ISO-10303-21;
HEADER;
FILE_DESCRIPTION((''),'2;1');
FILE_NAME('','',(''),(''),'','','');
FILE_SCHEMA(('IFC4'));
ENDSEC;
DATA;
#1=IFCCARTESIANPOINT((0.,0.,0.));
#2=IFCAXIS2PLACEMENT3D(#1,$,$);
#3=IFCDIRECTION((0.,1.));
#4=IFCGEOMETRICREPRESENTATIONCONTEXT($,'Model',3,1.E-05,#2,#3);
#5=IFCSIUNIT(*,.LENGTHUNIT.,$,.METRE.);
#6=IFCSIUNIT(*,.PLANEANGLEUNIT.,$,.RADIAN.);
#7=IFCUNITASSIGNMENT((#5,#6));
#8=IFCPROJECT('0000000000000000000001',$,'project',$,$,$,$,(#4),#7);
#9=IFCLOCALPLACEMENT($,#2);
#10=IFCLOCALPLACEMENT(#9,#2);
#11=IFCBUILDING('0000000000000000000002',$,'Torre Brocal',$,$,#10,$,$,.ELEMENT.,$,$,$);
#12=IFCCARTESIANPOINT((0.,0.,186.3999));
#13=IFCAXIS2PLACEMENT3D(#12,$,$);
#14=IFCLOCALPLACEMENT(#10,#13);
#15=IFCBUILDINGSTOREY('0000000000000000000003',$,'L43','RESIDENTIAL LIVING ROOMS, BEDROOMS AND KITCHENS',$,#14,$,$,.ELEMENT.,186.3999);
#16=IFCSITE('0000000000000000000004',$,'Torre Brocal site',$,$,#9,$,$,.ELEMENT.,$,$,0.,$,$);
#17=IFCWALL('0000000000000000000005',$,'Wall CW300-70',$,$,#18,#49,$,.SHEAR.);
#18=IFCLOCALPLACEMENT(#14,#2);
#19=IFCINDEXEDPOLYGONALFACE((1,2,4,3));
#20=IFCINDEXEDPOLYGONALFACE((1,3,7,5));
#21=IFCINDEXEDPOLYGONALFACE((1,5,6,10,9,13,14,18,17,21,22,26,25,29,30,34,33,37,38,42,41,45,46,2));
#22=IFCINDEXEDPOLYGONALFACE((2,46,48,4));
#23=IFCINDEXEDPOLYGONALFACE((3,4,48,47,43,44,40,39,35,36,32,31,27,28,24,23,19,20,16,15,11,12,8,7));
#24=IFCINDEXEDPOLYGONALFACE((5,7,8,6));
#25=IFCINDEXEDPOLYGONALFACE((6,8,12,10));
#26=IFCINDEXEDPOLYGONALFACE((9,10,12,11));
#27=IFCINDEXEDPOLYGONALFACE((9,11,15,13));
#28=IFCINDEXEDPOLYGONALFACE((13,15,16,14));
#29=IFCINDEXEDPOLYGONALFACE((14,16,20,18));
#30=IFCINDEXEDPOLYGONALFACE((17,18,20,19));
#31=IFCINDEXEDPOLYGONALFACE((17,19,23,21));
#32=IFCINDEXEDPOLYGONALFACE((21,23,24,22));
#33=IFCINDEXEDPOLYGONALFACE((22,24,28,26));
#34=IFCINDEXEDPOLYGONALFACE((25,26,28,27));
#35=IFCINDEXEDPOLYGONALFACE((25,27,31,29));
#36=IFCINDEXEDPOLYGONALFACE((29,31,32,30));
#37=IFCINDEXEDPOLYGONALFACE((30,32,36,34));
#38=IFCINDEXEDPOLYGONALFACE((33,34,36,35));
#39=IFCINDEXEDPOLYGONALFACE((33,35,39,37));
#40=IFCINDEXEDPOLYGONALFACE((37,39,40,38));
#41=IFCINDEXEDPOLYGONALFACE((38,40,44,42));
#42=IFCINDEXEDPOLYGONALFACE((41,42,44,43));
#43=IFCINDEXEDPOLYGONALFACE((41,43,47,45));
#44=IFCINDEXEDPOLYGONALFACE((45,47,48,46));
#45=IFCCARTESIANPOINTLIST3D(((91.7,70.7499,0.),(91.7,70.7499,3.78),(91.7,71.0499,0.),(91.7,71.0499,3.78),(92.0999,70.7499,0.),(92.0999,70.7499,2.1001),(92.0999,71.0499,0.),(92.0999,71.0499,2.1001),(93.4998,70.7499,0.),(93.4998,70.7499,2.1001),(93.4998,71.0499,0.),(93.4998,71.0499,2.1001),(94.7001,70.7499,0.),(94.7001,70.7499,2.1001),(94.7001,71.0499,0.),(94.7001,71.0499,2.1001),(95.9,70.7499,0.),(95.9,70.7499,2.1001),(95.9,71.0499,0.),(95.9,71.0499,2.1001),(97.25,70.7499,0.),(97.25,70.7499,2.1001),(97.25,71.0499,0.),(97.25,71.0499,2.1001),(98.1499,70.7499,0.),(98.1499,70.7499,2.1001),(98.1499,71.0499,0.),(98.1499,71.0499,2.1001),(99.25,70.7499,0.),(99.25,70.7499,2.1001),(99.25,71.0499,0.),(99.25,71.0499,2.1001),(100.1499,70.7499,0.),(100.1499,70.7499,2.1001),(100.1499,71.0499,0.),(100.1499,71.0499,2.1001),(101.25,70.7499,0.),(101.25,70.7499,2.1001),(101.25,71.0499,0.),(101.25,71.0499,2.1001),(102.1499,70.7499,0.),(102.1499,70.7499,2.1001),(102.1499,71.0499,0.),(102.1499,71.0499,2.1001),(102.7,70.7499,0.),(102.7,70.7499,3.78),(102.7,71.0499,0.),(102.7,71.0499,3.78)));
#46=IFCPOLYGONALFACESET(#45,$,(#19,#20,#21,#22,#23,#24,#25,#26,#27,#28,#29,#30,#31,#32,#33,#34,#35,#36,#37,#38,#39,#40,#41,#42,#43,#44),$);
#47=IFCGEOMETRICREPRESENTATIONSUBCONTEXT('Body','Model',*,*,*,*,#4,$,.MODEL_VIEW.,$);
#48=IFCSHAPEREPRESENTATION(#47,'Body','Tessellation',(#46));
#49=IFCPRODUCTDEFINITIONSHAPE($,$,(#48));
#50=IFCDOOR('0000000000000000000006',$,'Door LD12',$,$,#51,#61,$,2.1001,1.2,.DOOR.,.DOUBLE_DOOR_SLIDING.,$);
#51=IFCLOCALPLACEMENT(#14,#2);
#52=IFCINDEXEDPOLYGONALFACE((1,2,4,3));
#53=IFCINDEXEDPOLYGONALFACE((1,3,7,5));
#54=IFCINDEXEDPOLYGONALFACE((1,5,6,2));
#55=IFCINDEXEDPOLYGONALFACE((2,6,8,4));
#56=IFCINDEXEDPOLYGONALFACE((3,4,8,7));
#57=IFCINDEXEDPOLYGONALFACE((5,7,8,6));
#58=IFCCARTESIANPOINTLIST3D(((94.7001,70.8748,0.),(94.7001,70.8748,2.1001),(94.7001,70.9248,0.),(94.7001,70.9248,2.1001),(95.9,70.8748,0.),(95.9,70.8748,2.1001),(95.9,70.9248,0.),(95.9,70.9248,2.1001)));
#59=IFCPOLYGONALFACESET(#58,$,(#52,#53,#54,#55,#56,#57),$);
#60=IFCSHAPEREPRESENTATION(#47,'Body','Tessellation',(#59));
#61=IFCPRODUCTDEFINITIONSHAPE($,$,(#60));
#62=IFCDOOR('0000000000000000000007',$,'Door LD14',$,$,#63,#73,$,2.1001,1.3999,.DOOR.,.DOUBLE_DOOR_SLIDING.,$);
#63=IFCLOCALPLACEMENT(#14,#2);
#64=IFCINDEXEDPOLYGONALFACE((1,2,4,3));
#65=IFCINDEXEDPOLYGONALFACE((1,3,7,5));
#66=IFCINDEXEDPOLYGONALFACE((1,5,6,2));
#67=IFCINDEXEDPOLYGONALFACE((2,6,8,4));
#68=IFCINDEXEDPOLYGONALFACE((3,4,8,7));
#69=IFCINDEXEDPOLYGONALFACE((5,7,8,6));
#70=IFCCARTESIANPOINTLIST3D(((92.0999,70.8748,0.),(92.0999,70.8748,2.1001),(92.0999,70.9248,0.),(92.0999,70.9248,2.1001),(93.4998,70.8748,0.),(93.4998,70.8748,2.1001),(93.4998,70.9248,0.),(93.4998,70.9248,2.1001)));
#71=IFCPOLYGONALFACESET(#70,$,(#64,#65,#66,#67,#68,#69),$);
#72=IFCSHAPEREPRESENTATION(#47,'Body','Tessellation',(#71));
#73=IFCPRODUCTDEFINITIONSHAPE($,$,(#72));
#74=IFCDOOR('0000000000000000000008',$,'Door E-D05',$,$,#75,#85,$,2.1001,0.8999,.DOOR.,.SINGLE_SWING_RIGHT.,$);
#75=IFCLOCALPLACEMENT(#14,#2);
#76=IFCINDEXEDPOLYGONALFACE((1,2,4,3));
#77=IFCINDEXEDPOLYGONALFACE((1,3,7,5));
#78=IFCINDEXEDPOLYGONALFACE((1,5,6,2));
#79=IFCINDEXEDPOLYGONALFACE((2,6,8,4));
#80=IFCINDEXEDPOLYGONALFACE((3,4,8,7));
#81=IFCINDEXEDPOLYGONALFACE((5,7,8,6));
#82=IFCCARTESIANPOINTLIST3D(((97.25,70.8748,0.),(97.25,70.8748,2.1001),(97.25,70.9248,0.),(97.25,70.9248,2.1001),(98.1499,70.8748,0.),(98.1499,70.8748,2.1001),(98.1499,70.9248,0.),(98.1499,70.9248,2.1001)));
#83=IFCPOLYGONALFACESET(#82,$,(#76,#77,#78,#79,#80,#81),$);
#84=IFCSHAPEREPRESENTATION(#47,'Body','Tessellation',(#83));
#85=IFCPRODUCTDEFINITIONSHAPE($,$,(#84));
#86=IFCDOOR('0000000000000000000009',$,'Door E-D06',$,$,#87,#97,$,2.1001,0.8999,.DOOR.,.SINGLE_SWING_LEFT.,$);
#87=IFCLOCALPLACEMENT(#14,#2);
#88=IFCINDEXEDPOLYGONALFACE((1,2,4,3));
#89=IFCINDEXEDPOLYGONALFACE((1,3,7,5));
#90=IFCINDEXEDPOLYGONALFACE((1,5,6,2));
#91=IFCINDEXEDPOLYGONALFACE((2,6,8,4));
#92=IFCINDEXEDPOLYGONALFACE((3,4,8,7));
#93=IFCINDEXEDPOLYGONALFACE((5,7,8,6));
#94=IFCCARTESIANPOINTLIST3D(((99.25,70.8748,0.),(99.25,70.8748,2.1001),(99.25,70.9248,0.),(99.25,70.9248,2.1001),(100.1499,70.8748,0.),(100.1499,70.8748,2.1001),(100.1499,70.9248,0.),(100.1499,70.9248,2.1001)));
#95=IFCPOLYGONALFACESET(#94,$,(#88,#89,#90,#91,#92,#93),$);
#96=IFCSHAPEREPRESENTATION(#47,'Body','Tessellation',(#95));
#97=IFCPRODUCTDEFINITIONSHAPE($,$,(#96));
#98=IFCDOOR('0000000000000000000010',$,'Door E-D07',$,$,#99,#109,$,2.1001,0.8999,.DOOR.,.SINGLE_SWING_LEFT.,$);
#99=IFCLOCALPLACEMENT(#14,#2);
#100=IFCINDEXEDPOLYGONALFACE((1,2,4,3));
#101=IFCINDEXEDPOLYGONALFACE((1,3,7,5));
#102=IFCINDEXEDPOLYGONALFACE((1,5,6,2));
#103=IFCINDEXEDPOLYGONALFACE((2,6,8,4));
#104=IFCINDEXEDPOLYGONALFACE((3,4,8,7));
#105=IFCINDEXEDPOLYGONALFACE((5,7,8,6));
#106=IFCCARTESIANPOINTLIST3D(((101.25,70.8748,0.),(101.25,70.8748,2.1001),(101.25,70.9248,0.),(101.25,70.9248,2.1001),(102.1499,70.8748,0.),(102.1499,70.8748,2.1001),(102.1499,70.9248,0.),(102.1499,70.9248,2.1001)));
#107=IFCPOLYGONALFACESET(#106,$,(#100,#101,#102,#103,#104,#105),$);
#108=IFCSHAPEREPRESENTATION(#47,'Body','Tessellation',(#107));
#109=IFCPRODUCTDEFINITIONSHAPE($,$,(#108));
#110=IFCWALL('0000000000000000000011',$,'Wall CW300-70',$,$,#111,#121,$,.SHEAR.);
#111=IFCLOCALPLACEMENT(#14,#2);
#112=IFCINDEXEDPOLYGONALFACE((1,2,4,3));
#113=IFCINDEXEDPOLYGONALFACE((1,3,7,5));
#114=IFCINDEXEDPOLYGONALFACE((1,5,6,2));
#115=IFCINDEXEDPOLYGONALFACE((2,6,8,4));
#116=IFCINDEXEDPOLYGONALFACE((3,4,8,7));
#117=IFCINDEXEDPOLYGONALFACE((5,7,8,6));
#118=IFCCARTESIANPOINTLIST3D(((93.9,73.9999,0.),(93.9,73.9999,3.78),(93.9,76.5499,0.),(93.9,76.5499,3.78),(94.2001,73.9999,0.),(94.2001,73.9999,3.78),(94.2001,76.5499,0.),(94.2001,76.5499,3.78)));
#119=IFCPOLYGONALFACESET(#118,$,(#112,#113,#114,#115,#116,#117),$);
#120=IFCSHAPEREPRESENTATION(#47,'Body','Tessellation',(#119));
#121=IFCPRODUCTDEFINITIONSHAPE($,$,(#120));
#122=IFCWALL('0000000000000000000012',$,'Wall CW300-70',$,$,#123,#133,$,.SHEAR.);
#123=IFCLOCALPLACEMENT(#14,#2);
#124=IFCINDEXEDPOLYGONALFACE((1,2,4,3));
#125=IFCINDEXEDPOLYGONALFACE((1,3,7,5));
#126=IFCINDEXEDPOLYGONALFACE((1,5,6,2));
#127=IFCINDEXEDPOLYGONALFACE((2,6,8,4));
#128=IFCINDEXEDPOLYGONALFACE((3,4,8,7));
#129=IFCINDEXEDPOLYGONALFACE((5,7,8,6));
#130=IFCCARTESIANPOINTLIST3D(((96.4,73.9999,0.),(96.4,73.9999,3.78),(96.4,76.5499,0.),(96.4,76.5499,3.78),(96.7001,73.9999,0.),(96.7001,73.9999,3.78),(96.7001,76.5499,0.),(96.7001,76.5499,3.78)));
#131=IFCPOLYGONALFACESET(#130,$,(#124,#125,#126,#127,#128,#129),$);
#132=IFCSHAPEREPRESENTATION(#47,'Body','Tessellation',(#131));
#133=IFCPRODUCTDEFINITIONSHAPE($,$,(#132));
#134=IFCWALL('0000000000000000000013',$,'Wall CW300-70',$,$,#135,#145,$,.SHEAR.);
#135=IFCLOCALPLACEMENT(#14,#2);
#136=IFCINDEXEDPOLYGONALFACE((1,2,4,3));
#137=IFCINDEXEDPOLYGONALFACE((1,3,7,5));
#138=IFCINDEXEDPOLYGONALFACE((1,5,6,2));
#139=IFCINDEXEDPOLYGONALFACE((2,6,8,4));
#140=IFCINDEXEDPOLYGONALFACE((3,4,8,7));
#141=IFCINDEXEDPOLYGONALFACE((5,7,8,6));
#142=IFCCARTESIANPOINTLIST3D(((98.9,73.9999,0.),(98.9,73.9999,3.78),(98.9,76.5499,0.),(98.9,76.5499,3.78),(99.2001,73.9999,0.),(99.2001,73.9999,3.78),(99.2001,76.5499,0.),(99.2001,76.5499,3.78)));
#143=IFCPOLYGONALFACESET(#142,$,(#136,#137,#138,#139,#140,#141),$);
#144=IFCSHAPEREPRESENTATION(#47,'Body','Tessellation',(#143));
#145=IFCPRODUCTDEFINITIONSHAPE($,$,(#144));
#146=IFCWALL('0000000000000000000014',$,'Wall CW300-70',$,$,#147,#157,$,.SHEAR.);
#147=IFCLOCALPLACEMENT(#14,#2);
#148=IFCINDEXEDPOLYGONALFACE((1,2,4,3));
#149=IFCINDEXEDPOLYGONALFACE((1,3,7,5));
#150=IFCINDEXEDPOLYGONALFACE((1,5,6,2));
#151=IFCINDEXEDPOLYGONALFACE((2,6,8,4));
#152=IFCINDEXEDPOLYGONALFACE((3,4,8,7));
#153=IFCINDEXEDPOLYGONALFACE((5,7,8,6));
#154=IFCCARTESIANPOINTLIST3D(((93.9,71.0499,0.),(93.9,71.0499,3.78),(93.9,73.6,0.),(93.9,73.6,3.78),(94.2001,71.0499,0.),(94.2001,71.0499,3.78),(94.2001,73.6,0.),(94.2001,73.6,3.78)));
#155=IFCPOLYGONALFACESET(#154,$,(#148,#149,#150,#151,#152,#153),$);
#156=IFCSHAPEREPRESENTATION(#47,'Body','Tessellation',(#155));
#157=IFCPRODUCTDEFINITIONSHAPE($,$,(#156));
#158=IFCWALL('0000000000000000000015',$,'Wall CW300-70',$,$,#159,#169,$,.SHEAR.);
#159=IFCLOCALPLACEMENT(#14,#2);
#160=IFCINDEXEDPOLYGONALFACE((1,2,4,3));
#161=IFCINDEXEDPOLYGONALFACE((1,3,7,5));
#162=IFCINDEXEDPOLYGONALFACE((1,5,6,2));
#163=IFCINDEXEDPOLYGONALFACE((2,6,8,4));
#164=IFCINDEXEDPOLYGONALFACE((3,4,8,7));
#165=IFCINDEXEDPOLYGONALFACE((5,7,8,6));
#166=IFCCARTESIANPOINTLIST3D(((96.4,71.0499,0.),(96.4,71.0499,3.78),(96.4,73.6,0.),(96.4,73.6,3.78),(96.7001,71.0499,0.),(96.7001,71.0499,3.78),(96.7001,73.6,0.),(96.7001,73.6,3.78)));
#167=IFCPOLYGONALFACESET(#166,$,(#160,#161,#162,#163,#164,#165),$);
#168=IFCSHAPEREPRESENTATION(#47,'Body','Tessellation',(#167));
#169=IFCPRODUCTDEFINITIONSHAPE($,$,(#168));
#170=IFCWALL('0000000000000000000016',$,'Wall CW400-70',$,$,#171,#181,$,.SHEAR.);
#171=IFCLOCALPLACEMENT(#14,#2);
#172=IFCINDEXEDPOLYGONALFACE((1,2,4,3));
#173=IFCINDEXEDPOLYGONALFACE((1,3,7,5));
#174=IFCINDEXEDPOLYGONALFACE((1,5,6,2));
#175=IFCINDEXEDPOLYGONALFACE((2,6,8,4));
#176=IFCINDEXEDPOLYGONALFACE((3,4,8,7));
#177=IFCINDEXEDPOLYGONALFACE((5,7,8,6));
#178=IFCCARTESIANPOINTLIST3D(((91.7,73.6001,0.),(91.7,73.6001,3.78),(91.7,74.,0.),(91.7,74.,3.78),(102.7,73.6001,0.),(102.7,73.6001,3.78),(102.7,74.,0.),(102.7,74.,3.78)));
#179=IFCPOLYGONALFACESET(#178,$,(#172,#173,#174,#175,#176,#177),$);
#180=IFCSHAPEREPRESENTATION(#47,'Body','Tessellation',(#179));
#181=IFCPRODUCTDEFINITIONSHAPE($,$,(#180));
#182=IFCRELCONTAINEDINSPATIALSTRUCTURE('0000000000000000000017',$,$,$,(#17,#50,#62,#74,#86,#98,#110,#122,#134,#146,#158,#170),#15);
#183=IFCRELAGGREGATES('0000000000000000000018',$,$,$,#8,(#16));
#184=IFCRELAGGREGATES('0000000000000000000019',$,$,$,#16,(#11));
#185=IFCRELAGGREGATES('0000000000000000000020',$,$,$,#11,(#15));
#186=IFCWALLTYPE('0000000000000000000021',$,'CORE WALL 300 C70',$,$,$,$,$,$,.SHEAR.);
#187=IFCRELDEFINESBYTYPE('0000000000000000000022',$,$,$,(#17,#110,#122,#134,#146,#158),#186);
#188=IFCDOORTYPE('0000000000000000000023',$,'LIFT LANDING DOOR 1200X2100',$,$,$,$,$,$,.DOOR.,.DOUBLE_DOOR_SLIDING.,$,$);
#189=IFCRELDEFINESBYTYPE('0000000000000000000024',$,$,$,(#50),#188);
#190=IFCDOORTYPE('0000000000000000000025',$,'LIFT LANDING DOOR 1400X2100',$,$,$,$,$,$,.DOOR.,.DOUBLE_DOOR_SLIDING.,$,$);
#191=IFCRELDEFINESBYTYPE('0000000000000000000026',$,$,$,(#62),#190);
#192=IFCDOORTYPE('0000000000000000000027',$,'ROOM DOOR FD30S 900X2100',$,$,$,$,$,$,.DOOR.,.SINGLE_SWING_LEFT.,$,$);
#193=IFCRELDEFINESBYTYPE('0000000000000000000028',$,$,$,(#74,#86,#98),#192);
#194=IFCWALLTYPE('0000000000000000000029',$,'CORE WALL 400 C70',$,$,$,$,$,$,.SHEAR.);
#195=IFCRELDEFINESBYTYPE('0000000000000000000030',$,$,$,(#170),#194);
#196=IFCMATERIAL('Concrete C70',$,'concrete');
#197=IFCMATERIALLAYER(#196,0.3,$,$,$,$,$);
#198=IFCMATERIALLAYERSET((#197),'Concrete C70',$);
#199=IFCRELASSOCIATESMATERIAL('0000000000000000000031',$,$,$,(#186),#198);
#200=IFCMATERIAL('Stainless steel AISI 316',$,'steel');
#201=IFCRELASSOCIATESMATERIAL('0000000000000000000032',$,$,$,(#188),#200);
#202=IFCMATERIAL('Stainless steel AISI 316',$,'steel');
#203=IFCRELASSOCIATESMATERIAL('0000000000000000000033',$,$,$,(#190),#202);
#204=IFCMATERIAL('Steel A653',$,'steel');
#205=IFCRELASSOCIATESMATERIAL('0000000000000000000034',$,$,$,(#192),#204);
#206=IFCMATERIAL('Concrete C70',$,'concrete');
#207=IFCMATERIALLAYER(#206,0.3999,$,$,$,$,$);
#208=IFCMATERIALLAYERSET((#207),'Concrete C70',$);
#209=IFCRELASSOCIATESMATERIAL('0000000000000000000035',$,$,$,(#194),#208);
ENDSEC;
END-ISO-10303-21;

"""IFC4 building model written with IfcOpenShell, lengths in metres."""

from ifc_helpers import new_model, si_unit, direction, frame, frame_2d, origin, place, context, subcontext, project, spatial, rectangle, extrude, material, layer, layer_set, type_object, element, fill, save


model = new_model("IFC4")

# Units and contexts
model_context = context("Model", 3, precision=1e-05, world=origin(), true_north=direction((0.0, 1.0)))
body_context = subcontext(model_context, "Body", "Model", "MODEL_VIEW")
ifc_project = project(units=[si_unit("LENGTHUNIT", "METRE"), si_unit("PLANEANGLEUNIT", "RADIAN")], contexts=[model_context])

# Site, building, storey
site_placement = place(None, origin())
site = spatial("IfcSite", under=ifc_project, at=site_placement, Name="Torre Brocal site", CompositionType="ELEMENT", RefElevation=0.0)
building_placement = place(site_placement, origin())
building = spatial("IfcBuilding", under=site, at=building_placement, Name="Torre Brocal", CompositionType="ELEMENT")
storey_placement = place(building_placement, frame((0.0, 0.0, 186.3999)))
storey = spatial("IfcBuildingStorey", under=building, at=storey_placement, Name="L43", Description="RESIDENTIAL LIVING ROOMS, BEDROOMS AND KITCHENS", CompositionType="ELEMENT", Elevation=186.3999)

# Shared definitions
ifc_material_1 = material(Name="Concrete C70", Category="concrete")
ifc_layer_1 = layer(ifc_material_1, 0.3)
ifc_layer_set_1 = layer_set([ifc_layer_1], Name="Concrete C70")
wall_type_1 = type_object("IfcWallType", Name="CORE WALL 300 C70", PredefinedType="SHEAR", material=ifc_layer_set_1)

# Wall, openings, doors
wall_1_placement = place(storey_placement, frame((91.7, 70.8999, 0.0), z_axis=(0.0, 0.0, 1.0), x_axis=(1.0, 0.0, 0.0)))
wall_1 = element("IfcWall", 1, at=wall_1_placement, inside=storey, type_object=wall_type_1, Name="Wall CW300-70", PredefinedType="SHEAR", context=body_context, shape_type="SweptSolid", body=[
    extrude(rectangle(XDim=11.0, YDim=0.3, at=frame_2d((5.5, 0.0))), origin(), (0.0, 0.0, 1.0), 3.78),
])
opening_1_placement = place(wall_1_placement, frame((0.3999, 0.0, 0.0)))
opening_1 = element("IfcOpeningElement", 2, at=opening_1_placement, cuts=wall_1, PredefinedType="OPENING", context=body_context, shape_type="SweptSolid", body=[
    extrude(rectangle(XDim=1.3999, YDim=2.1001, at=frame_2d((0.7, 1.05))), frame((0.0, 0.1599, 0.0), z_axis=(0.0, -1.0, 0.0), x_axis=(1.0, 0.0, 0.0)), (0.0, 0.0, 1.0), 0.3201),
])
opening_2_placement = place(wall_1_placement, frame((3.0, 0.0, 0.0)))
opening_2 = element("IfcOpeningElement", 3, at=opening_2_placement, cuts=wall_1, PredefinedType="OPENING", context=body_context, shape_type="SweptSolid", body=[
    extrude(rectangle(XDim=1.2, YDim=2.1001, at=frame_2d((0.6001, 1.05))), frame((0.0, 0.1599, 0.0), z_axis=(0.0, -1.0, 0.0), x_axis=(1.0, 0.0, 0.0)), (0.0, 0.0, 1.0), 0.3201),
])
opening_3_placement = place(wall_1_placement, frame((5.55, 0.0, 0.0)))
opening_3 = element("IfcOpeningElement", 4, at=opening_3_placement, cuts=wall_1, PredefinedType="OPENING", context=body_context, shape_type="SweptSolid", body=[
    extrude(rectangle(XDim=0.8999, YDim=2.1001, at=frame_2d((0.45, 1.05))), frame((0.0, 0.1599, 0.0), z_axis=(0.0, -1.0, 0.0), x_axis=(1.0, 0.0, 0.0)), (0.0, 0.0, 1.0), 0.3201),
])
opening_4_placement = place(wall_1_placement, frame((7.55, 0.0, 0.0)))
opening_4 = element("IfcOpeningElement", 5, at=opening_4_placement, cuts=wall_1, PredefinedType="OPENING", context=body_context, shape_type="SweptSolid", body=[
    extrude(rectangle(XDim=0.8999, YDim=2.1001, at=frame_2d((0.45, 1.05))), frame((0.0, 0.1599, 0.0), z_axis=(0.0, -1.0, 0.0), x_axis=(1.0, 0.0, 0.0)), (0.0, 0.0, 1.0), 0.3201),
])
opening_5_placement = place(wall_1_placement, frame((9.55, 0.0, 0.0)))
opening_5 = element("IfcOpeningElement", 6, at=opening_5_placement, cuts=wall_1, PredefinedType="OPENING", context=body_context, shape_type="SweptSolid", body=[
    extrude(rectangle(XDim=0.8999, YDim=2.1001, at=frame_2d((0.45, 1.05))), frame((0.0, 0.1599, 0.0), z_axis=(0.0, -1.0, 0.0), x_axis=(1.0, 0.0, 0.0)), (0.0, 0.0, 1.0), 0.3201),
])
ifc_material_2 = material(Name="Stainless steel AISI 316", Category="steel")
door_type_1 = type_object("IfcDoorType", Name="LIFT LANDING DOOR 1200X2100", OperationType="DOUBLE_DOOR_SLIDING", PredefinedType="DOOR", material=ifc_material_2)
door_1_placement = place(opening_2_placement, origin())
door_1 = element("IfcDoor", 7, at=door_1_placement, inside=storey, type_object=door_type_1, Name="Door LD12", OperationType="DOUBLE_DOOR_SLIDING", OverallHeight=2.1001, OverallWidth=1.2, PredefinedType="DOOR", context=body_context, shape_type="SweptSolid", body=[
    extrude(rectangle(XDim=1.2, YDim=2.1001, at=frame_2d((0.6001, 1.05))), frame((0.0, 0.0249, 0.0), z_axis=(0.0, -1.0, 0.0), x_axis=(1.0, 0.0, 0.0)), (0.0, 0.0, 1.0), 0.05),
])
fill(opening_2, door_1)
ifc_material_3 = material(Name="Stainless steel AISI 316", Category="steel")
door_type_2 = type_object("IfcDoorType", Name="LIFT LANDING DOOR 1400X2100", OperationType="DOUBLE_DOOR_SLIDING", PredefinedType="DOOR", material=ifc_material_3)
door_2_placement = place(opening_1_placement, origin())
door_2 = element("IfcDoor", 8, at=door_2_placement, inside=storey, type_object=door_type_2, Name="Door LD14", OperationType="DOUBLE_DOOR_SLIDING", OverallHeight=2.1001, OverallWidth=1.3999, PredefinedType="DOOR", context=body_context, shape_type="SweptSolid", body=[
    extrude(rectangle(XDim=1.3999, YDim=2.1001, at=frame_2d((0.7, 1.05))), frame((0.0, 0.0249, 0.0), z_axis=(0.0, -1.0, 0.0), x_axis=(1.0, 0.0, 0.0)), (0.0, 0.0, 1.0), 0.05),
])
fill(opening_1, door_2)
ifc_material_4 = material(Name="Steel A653", Category="steel")
door_type_3 = type_object("IfcDoorType", Name="ROOM DOOR FD30S 900X2100", OperationType="SINGLE_SWING_LEFT", PredefinedType="DOOR", material=ifc_material_4)
door_3_placement = place(opening_3_placement, origin())
door_3 = element("IfcDoor", 9, at=door_3_placement, inside=storey, type_object=door_type_3, Name="Door E-D05", OperationType="SINGLE_SWING_RIGHT", OverallHeight=2.1001, OverallWidth=0.8999, PredefinedType="DOOR", context=body_context, shape_type="SweptSolid", body=[
    extrude(rectangle(XDim=0.8999, YDim=2.1001, at=frame_2d((0.45, 1.05))), frame((0.0, 0.0249, 0.0), z_axis=(0.0, -1.0, 0.0), x_axis=(1.0, 0.0, 0.0)), (0.0, 0.0, 1.0), 0.05),
])
fill(opening_3, door_3)
door_4_placement = place(opening_4_placement, origin())
door_4 = element("IfcDoor", 10, at=door_4_placement, inside=storey, type_object=door_type_3, Name="Door E-D06", OperationType="SINGLE_SWING_LEFT", OverallHeight=2.1001, OverallWidth=0.8999, PredefinedType="DOOR", context=body_context, shape_type="SweptSolid", body=[
    extrude(rectangle(XDim=0.8999, YDim=2.1001, at=frame_2d((0.45, 1.05))), frame((0.0, 0.0249, 0.0), z_axis=(0.0, -1.0, 0.0), x_axis=(1.0, 0.0, 0.0)), (0.0, 0.0, 1.0), 0.05),
])
fill(opening_4, door_4)
door_5_placement = place(opening_5_placement, origin())
door_5 = element("IfcDoor", 11, at=door_5_placement, inside=storey, type_object=door_type_3, Name="Door E-D07", OperationType="SINGLE_SWING_LEFT", OverallHeight=2.1001, OverallWidth=0.8999, PredefinedType="DOOR", context=body_context, shape_type="SweptSolid", body=[
    extrude(rectangle(XDim=0.8999, YDim=2.1001, at=frame_2d((0.45, 1.05))), frame((0.0, 0.0249, 0.0), z_axis=(0.0, -1.0, 0.0), x_axis=(1.0, 0.0, 0.0)), (0.0, 0.0, 1.0), 0.05),
])
fill(opening_5, door_5)

# Walls
for number, where, z_axis, x_axis, name in (
    (12, (94.05, 74.0, 0.0), (0.0, 0.0, 1.0), (0.0, 1.0, 0.0), "Wall CW300-70"),
    (13, (96.55, 74.0, 0.0), (0.0, 0.0, 1.0), (0.0, 1.0, 0.0), "Wall CW300-70"),
    (14, (99.05, 74.0, 0.0), (0.0, 0.0, 1.0), (0.0, 1.0, 0.0), "Wall CW300-70"),
    (15, (94.05, 71.05, 0.0), (0.0, 0.0, 1.0), (0.0, 1.0, 0.0), "Wall CW300-70"),
    (16, (96.55, 71.05, 0.0), (0.0, 0.0, 1.0), (0.0, 1.0, 0.0), "Wall CW300-70"),
):
    element("IfcWall", number, at=place(storey_placement, frame(where, z_axis=z_axis, x_axis=x_axis)), inside=storey, type_object=wall_type_1, Name=name, PredefinedType="SHEAR", context=body_context, shape_type="SweptSolid", body=[
        extrude(rectangle(XDim=2.55, YDim=0.3, at=frame_2d((1.2749, 0.0))), origin(), (0.0, 0.0, 1.0), 3.78),
    ])
ifc_material_5 = material(Name="Concrete C70", Category="concrete")
ifc_layer_2 = layer(ifc_material_5, 0.3999)
ifc_layer_set_2 = layer_set([ifc_layer_2], Name="Concrete C70")
wall_type_2 = type_object("IfcWallType", Name="CORE WALL 400 C70", PredefinedType="SHEAR", material=ifc_layer_set_2)
wall_2_placement = place(storey_placement, frame((91.7, 73.8, 0.0), z_axis=(0.0, 0.0, 1.0), x_axis=(1.0, 0.0, 0.0)))
element("IfcWall", 17, at=wall_2_placement, inside=storey, type_object=wall_type_2, Name="Wall CW400-70", PredefinedType="SHEAR", context=body_context, shape_type="SweptSolid", body=[
    extrude(rectangle(XDim=11.0, YDim=0.3999, at=frame_2d((5.5, 0.0))), origin(), (0.0, 0.0, 1.0), 3.78),
])

save(model, "model.ifc")
